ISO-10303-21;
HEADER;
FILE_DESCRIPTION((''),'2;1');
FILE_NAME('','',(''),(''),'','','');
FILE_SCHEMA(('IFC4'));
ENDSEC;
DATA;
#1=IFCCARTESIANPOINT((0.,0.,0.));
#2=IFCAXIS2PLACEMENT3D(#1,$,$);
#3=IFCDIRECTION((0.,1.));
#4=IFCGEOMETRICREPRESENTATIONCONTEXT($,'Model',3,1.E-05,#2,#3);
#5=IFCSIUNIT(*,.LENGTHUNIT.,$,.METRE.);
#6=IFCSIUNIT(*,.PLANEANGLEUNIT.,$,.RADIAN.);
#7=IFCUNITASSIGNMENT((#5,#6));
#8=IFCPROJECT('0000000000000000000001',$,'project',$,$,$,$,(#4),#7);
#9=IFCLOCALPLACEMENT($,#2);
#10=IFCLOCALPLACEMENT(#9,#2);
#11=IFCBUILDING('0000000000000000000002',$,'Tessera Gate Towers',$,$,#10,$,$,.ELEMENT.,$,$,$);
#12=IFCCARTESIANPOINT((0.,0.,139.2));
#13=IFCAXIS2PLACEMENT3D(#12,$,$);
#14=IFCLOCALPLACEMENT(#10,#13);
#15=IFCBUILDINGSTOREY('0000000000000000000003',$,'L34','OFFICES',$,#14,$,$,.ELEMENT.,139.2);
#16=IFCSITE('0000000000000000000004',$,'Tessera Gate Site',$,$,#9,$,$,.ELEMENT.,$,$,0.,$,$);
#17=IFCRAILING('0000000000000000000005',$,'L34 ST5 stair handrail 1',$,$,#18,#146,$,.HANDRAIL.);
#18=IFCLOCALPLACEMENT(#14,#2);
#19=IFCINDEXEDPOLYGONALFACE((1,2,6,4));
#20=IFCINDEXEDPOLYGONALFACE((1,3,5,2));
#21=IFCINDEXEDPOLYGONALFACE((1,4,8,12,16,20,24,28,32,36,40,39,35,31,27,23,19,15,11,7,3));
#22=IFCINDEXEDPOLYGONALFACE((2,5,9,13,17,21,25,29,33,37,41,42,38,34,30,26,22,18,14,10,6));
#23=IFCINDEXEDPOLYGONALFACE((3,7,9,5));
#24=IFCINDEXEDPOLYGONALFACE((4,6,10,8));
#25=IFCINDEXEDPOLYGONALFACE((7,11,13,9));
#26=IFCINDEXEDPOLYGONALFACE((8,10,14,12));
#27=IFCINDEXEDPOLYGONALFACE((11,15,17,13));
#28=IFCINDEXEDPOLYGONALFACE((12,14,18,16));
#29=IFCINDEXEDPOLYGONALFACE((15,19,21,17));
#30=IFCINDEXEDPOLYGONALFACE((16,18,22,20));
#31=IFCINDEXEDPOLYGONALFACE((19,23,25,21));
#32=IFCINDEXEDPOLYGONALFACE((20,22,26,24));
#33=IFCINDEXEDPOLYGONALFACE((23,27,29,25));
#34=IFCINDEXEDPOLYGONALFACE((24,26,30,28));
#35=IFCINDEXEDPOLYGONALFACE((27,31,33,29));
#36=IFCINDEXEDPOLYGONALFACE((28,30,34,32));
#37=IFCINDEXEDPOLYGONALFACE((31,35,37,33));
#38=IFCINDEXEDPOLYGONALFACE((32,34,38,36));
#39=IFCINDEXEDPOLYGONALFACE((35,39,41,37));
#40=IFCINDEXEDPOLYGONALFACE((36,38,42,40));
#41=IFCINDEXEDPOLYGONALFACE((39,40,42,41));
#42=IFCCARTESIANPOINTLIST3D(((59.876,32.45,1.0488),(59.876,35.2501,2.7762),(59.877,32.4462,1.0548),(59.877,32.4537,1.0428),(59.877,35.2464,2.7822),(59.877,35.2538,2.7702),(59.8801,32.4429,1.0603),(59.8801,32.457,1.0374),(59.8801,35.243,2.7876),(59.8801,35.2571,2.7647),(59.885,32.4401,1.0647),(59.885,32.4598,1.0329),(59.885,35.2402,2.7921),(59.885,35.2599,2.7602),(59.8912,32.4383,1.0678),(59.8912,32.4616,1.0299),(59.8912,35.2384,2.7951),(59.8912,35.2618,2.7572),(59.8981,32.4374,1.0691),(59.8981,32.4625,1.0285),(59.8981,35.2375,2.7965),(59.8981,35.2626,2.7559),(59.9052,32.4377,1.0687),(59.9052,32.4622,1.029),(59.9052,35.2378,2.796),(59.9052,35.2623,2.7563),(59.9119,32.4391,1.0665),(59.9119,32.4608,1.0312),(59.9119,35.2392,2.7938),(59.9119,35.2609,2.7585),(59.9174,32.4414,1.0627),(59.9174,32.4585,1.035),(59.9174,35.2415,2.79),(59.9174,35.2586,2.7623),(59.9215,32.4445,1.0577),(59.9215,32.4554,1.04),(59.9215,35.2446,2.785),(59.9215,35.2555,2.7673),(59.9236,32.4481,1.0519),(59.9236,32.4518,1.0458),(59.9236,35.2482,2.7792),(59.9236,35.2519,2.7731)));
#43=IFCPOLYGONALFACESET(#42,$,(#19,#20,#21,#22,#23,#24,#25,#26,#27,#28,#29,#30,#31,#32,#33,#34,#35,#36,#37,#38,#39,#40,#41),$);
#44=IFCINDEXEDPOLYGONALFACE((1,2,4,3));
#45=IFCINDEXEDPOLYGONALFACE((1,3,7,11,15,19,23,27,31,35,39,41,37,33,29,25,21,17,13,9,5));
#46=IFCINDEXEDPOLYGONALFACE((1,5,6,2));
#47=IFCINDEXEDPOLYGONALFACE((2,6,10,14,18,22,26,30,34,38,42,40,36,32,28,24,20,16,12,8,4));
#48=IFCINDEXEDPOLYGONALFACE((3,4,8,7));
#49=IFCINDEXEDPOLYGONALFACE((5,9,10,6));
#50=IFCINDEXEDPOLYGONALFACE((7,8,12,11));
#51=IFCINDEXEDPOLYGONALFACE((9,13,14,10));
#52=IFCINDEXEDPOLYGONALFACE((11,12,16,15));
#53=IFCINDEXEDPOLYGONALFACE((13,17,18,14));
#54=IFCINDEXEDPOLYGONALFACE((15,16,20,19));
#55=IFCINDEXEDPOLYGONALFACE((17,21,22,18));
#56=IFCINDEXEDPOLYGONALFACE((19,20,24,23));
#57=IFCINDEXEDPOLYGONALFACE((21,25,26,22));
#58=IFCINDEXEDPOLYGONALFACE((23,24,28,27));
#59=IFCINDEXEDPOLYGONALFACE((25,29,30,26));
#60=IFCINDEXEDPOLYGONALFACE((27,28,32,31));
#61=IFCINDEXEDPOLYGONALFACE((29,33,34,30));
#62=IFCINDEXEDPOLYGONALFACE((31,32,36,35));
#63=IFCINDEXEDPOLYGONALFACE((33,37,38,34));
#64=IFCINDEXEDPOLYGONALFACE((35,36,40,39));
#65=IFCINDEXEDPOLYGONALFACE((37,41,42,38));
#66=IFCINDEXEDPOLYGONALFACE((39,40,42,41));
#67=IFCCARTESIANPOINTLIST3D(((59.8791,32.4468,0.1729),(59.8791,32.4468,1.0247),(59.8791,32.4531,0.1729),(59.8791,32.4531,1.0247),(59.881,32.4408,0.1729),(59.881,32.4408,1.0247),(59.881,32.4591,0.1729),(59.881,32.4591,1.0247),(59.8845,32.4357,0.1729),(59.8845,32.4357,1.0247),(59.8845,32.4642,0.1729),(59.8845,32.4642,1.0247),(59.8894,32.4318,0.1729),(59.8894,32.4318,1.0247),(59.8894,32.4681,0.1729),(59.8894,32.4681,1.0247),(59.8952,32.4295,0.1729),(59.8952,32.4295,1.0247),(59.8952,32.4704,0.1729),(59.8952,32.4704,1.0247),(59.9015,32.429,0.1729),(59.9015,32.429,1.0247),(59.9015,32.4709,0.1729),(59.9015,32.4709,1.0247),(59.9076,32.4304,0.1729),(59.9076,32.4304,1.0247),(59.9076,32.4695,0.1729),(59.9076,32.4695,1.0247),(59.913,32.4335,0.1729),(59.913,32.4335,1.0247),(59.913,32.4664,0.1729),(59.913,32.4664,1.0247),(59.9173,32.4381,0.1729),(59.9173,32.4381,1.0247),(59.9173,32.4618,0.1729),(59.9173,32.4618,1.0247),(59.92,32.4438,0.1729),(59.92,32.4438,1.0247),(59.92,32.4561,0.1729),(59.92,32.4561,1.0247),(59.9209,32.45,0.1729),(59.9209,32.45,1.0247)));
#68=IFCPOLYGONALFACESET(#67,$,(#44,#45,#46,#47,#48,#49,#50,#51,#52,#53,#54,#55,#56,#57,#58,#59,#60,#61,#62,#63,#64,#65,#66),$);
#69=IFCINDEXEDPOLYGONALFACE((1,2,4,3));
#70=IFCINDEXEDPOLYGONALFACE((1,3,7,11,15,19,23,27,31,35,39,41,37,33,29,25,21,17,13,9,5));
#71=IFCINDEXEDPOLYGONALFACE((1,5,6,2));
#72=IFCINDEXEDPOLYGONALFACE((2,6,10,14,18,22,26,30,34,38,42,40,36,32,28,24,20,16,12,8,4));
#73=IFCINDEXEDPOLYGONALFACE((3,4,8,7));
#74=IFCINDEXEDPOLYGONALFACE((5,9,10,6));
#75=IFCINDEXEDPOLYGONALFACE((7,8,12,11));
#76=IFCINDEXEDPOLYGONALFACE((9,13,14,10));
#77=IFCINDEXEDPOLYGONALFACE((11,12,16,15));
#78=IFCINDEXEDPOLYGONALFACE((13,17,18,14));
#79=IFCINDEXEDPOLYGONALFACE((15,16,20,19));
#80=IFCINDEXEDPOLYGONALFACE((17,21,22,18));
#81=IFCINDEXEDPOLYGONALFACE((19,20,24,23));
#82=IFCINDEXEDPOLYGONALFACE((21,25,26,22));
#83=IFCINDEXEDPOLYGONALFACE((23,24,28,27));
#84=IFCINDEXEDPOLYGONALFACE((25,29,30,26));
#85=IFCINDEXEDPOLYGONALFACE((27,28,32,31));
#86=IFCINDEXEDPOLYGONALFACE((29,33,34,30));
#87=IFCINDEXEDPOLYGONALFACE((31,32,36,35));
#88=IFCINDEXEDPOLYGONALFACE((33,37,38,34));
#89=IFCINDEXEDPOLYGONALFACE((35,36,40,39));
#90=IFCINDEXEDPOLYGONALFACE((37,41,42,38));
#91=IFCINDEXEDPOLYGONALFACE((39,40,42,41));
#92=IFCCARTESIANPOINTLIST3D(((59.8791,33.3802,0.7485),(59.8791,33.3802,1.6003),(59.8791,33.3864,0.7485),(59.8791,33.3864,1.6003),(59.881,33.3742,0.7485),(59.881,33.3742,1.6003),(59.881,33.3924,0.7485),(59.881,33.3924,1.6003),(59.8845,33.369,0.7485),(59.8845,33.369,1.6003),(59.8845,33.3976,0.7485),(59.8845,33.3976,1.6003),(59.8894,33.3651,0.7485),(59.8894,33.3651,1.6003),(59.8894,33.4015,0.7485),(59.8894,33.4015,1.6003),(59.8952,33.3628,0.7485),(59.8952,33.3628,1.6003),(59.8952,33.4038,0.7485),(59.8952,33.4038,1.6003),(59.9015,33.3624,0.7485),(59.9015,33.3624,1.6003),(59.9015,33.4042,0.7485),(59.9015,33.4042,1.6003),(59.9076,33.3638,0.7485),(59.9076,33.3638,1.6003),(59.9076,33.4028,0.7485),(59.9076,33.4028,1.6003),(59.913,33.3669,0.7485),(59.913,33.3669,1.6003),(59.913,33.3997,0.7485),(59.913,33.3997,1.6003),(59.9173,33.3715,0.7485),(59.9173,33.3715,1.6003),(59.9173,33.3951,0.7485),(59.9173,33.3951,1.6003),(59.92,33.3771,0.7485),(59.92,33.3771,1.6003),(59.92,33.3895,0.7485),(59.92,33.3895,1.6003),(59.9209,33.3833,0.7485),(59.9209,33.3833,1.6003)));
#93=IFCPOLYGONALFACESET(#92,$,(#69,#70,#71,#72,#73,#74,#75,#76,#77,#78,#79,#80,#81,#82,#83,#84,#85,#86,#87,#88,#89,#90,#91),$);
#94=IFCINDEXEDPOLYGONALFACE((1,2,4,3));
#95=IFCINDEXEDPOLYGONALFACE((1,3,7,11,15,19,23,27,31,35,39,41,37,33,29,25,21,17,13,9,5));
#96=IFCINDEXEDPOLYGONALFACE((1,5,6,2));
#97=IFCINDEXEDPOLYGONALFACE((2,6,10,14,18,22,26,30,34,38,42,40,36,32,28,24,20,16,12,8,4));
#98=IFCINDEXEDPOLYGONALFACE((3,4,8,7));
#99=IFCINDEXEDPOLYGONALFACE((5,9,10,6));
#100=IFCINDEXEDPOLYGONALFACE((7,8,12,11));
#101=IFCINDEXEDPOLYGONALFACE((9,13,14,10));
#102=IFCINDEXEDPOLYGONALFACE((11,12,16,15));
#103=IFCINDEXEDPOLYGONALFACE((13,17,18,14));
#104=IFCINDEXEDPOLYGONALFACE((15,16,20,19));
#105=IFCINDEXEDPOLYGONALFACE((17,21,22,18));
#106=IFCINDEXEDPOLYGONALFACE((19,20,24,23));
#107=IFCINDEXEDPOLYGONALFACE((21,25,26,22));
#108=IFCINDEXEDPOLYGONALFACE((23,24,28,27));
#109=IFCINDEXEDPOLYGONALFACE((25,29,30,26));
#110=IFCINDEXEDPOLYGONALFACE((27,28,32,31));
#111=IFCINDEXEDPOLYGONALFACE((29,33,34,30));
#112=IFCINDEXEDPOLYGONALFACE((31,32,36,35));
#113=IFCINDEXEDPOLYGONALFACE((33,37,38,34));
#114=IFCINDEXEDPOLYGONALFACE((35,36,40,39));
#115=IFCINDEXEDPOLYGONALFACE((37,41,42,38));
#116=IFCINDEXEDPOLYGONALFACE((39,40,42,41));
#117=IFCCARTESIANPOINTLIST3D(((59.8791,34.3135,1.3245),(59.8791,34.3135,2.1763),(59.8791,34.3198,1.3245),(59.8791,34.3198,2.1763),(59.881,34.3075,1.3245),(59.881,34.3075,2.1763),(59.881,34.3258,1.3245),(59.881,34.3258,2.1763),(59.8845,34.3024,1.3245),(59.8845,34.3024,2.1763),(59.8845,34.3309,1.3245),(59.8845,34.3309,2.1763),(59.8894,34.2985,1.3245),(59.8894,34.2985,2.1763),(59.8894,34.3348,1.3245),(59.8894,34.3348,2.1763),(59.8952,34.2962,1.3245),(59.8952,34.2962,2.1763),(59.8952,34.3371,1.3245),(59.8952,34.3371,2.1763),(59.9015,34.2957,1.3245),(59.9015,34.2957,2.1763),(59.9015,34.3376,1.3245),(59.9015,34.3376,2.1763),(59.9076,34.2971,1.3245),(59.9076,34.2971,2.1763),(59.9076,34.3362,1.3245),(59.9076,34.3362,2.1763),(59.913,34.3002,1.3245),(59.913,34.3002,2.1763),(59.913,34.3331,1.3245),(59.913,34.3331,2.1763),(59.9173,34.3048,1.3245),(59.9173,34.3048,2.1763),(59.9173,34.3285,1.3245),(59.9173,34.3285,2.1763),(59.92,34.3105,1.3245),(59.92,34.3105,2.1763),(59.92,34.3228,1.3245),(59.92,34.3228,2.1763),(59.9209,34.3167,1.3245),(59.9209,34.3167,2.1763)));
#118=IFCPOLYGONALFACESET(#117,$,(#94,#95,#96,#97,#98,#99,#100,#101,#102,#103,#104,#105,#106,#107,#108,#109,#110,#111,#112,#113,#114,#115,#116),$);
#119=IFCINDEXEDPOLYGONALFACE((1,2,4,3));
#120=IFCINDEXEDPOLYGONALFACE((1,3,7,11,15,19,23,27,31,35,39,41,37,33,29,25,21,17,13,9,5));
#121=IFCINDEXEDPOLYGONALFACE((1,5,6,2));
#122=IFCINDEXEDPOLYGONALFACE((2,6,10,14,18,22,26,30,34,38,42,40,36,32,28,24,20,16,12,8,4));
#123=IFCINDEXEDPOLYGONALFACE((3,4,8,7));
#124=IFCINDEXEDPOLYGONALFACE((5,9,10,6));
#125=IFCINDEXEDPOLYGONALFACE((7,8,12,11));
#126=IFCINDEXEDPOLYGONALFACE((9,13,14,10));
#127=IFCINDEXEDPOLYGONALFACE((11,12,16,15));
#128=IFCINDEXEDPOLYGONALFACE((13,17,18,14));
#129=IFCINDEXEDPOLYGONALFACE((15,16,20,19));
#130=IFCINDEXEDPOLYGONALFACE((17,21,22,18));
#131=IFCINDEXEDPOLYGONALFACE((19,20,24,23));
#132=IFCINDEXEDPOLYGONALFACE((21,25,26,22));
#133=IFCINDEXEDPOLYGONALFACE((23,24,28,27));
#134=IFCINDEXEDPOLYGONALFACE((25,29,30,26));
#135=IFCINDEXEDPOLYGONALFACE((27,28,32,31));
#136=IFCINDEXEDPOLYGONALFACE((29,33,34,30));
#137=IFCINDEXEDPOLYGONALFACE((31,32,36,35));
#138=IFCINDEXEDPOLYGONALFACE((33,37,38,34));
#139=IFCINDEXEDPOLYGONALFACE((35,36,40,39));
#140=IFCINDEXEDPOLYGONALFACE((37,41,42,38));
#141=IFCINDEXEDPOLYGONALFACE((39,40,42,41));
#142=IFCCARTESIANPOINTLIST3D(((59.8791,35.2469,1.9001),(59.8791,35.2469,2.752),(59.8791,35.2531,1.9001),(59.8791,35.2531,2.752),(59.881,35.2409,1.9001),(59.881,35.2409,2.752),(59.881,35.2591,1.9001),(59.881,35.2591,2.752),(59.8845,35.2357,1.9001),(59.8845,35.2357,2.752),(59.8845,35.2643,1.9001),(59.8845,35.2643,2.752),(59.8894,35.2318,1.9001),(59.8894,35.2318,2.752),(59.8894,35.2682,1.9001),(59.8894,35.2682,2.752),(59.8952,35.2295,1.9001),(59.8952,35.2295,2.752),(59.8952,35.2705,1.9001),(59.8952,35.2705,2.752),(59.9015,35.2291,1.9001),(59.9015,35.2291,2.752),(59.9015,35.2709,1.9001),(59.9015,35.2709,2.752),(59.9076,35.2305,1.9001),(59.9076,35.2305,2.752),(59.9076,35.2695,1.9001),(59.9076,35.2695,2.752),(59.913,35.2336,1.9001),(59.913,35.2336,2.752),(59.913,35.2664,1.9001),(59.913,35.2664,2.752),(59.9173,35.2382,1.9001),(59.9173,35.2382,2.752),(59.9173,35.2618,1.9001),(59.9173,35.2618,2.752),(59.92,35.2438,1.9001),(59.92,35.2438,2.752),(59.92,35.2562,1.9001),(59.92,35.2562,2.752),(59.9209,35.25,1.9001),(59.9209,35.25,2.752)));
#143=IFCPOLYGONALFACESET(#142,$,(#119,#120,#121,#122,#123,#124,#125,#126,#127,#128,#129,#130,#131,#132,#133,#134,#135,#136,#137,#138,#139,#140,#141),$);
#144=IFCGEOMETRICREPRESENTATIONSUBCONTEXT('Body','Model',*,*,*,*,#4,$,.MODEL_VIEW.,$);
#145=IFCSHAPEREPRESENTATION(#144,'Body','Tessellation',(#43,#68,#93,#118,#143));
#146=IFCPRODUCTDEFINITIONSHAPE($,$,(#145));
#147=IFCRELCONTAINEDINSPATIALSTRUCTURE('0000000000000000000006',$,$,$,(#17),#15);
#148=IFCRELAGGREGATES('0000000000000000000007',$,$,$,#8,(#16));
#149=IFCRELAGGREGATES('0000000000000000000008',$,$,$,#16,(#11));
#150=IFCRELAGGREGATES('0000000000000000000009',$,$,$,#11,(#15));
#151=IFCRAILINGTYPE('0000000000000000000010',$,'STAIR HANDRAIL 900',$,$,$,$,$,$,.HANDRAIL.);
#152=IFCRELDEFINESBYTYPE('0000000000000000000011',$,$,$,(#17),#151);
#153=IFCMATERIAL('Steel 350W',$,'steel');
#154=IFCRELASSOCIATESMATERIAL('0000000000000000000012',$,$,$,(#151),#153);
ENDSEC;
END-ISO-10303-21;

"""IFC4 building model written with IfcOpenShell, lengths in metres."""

from ifc_helpers import new_model, si_unit, direction, frame, origin, origin_2d, place, context, subcontext, project, spatial, circle, extrude, material, type_object, element, save


model = new_model("IFC4")

# Units and contexts
model_context = context("Model", 3, precision=1e-05, world=origin(), true_north=direction((0.0, 1.0)))
body_context = subcontext(model_context, "Body", "Model", "MODEL_VIEW")
ifc_project = project(units=[si_unit("LENGTHUNIT", "METRE"), si_unit("PLANEANGLEUNIT", "RADIAN")], contexts=[model_context])

# Site, building, storey
site_placement = place(None, origin())
site = spatial("IfcSite", under=ifc_project, at=site_placement, Name="Tessera Gate Site", CompositionType="ELEMENT", RefElevation=0.0)
building_placement = place(site_placement, origin())
building = spatial("IfcBuilding", under=site, at=building_placement, Name="Tessera Gate Towers", CompositionType="ELEMENT")
storey_placement = place(building_placement, frame((0.0, 0.0, 139.2)))
storey = spatial("IfcBuildingStorey", under=building, at=storey_placement, Name="L34", Description="OFFICES", CompositionType="ELEMENT", Elevation=139.2)

# Railing
ifc_material_1 = material(Name="Steel 350W", Category="steel")
railing_type_1 = type_object("IfcRailingType", Name="STAIR HANDRAIL 900", PredefinedType="HANDRAIL", material=ifc_material_1)
railing_1_placement = place(storey_placement, frame((59.8999, 32.45, 0.1729)))
element("IfcRailing", 1, at=railing_1_placement, inside=storey, type_object=railing_type_1, Name="L34 ST5 stair handrail 1", PredefinedType="HANDRAIL", context=body_context, shape_type="SweptSolid", body=[
    extrude(circle(Radius=0.0239, at=origin_2d()), frame((0.0, 0.0, 0.876), z_axis=(0.0, 0.85109, 0.52502), x_axis=(-1.0, 0.0, 0.0)), (0.0, 0.0, 1.0), 3.29),
    extrude(circle(Radius=0.021, at=origin_2d()), origin(), (0.0, 0.0, 1.0), 0.8518),
    extrude(circle(Radius=0.021, at=origin_2d()), frame((0.0, 0.9333, 0.5757)), (0.0, 0.0, 1.0), 0.8518),
    extrude(circle(Radius=0.021, at=origin_2d()), frame((0.0, 1.8667, 1.1516)), (0.0, 0.0, 1.0), 0.8518),
    extrude(circle(Radius=0.021, at=origin_2d()), frame((0.0, 2.8, 1.7273)), (0.0, 0.0, 1.0), 0.8518),
])

save(model, "model.ifc")
